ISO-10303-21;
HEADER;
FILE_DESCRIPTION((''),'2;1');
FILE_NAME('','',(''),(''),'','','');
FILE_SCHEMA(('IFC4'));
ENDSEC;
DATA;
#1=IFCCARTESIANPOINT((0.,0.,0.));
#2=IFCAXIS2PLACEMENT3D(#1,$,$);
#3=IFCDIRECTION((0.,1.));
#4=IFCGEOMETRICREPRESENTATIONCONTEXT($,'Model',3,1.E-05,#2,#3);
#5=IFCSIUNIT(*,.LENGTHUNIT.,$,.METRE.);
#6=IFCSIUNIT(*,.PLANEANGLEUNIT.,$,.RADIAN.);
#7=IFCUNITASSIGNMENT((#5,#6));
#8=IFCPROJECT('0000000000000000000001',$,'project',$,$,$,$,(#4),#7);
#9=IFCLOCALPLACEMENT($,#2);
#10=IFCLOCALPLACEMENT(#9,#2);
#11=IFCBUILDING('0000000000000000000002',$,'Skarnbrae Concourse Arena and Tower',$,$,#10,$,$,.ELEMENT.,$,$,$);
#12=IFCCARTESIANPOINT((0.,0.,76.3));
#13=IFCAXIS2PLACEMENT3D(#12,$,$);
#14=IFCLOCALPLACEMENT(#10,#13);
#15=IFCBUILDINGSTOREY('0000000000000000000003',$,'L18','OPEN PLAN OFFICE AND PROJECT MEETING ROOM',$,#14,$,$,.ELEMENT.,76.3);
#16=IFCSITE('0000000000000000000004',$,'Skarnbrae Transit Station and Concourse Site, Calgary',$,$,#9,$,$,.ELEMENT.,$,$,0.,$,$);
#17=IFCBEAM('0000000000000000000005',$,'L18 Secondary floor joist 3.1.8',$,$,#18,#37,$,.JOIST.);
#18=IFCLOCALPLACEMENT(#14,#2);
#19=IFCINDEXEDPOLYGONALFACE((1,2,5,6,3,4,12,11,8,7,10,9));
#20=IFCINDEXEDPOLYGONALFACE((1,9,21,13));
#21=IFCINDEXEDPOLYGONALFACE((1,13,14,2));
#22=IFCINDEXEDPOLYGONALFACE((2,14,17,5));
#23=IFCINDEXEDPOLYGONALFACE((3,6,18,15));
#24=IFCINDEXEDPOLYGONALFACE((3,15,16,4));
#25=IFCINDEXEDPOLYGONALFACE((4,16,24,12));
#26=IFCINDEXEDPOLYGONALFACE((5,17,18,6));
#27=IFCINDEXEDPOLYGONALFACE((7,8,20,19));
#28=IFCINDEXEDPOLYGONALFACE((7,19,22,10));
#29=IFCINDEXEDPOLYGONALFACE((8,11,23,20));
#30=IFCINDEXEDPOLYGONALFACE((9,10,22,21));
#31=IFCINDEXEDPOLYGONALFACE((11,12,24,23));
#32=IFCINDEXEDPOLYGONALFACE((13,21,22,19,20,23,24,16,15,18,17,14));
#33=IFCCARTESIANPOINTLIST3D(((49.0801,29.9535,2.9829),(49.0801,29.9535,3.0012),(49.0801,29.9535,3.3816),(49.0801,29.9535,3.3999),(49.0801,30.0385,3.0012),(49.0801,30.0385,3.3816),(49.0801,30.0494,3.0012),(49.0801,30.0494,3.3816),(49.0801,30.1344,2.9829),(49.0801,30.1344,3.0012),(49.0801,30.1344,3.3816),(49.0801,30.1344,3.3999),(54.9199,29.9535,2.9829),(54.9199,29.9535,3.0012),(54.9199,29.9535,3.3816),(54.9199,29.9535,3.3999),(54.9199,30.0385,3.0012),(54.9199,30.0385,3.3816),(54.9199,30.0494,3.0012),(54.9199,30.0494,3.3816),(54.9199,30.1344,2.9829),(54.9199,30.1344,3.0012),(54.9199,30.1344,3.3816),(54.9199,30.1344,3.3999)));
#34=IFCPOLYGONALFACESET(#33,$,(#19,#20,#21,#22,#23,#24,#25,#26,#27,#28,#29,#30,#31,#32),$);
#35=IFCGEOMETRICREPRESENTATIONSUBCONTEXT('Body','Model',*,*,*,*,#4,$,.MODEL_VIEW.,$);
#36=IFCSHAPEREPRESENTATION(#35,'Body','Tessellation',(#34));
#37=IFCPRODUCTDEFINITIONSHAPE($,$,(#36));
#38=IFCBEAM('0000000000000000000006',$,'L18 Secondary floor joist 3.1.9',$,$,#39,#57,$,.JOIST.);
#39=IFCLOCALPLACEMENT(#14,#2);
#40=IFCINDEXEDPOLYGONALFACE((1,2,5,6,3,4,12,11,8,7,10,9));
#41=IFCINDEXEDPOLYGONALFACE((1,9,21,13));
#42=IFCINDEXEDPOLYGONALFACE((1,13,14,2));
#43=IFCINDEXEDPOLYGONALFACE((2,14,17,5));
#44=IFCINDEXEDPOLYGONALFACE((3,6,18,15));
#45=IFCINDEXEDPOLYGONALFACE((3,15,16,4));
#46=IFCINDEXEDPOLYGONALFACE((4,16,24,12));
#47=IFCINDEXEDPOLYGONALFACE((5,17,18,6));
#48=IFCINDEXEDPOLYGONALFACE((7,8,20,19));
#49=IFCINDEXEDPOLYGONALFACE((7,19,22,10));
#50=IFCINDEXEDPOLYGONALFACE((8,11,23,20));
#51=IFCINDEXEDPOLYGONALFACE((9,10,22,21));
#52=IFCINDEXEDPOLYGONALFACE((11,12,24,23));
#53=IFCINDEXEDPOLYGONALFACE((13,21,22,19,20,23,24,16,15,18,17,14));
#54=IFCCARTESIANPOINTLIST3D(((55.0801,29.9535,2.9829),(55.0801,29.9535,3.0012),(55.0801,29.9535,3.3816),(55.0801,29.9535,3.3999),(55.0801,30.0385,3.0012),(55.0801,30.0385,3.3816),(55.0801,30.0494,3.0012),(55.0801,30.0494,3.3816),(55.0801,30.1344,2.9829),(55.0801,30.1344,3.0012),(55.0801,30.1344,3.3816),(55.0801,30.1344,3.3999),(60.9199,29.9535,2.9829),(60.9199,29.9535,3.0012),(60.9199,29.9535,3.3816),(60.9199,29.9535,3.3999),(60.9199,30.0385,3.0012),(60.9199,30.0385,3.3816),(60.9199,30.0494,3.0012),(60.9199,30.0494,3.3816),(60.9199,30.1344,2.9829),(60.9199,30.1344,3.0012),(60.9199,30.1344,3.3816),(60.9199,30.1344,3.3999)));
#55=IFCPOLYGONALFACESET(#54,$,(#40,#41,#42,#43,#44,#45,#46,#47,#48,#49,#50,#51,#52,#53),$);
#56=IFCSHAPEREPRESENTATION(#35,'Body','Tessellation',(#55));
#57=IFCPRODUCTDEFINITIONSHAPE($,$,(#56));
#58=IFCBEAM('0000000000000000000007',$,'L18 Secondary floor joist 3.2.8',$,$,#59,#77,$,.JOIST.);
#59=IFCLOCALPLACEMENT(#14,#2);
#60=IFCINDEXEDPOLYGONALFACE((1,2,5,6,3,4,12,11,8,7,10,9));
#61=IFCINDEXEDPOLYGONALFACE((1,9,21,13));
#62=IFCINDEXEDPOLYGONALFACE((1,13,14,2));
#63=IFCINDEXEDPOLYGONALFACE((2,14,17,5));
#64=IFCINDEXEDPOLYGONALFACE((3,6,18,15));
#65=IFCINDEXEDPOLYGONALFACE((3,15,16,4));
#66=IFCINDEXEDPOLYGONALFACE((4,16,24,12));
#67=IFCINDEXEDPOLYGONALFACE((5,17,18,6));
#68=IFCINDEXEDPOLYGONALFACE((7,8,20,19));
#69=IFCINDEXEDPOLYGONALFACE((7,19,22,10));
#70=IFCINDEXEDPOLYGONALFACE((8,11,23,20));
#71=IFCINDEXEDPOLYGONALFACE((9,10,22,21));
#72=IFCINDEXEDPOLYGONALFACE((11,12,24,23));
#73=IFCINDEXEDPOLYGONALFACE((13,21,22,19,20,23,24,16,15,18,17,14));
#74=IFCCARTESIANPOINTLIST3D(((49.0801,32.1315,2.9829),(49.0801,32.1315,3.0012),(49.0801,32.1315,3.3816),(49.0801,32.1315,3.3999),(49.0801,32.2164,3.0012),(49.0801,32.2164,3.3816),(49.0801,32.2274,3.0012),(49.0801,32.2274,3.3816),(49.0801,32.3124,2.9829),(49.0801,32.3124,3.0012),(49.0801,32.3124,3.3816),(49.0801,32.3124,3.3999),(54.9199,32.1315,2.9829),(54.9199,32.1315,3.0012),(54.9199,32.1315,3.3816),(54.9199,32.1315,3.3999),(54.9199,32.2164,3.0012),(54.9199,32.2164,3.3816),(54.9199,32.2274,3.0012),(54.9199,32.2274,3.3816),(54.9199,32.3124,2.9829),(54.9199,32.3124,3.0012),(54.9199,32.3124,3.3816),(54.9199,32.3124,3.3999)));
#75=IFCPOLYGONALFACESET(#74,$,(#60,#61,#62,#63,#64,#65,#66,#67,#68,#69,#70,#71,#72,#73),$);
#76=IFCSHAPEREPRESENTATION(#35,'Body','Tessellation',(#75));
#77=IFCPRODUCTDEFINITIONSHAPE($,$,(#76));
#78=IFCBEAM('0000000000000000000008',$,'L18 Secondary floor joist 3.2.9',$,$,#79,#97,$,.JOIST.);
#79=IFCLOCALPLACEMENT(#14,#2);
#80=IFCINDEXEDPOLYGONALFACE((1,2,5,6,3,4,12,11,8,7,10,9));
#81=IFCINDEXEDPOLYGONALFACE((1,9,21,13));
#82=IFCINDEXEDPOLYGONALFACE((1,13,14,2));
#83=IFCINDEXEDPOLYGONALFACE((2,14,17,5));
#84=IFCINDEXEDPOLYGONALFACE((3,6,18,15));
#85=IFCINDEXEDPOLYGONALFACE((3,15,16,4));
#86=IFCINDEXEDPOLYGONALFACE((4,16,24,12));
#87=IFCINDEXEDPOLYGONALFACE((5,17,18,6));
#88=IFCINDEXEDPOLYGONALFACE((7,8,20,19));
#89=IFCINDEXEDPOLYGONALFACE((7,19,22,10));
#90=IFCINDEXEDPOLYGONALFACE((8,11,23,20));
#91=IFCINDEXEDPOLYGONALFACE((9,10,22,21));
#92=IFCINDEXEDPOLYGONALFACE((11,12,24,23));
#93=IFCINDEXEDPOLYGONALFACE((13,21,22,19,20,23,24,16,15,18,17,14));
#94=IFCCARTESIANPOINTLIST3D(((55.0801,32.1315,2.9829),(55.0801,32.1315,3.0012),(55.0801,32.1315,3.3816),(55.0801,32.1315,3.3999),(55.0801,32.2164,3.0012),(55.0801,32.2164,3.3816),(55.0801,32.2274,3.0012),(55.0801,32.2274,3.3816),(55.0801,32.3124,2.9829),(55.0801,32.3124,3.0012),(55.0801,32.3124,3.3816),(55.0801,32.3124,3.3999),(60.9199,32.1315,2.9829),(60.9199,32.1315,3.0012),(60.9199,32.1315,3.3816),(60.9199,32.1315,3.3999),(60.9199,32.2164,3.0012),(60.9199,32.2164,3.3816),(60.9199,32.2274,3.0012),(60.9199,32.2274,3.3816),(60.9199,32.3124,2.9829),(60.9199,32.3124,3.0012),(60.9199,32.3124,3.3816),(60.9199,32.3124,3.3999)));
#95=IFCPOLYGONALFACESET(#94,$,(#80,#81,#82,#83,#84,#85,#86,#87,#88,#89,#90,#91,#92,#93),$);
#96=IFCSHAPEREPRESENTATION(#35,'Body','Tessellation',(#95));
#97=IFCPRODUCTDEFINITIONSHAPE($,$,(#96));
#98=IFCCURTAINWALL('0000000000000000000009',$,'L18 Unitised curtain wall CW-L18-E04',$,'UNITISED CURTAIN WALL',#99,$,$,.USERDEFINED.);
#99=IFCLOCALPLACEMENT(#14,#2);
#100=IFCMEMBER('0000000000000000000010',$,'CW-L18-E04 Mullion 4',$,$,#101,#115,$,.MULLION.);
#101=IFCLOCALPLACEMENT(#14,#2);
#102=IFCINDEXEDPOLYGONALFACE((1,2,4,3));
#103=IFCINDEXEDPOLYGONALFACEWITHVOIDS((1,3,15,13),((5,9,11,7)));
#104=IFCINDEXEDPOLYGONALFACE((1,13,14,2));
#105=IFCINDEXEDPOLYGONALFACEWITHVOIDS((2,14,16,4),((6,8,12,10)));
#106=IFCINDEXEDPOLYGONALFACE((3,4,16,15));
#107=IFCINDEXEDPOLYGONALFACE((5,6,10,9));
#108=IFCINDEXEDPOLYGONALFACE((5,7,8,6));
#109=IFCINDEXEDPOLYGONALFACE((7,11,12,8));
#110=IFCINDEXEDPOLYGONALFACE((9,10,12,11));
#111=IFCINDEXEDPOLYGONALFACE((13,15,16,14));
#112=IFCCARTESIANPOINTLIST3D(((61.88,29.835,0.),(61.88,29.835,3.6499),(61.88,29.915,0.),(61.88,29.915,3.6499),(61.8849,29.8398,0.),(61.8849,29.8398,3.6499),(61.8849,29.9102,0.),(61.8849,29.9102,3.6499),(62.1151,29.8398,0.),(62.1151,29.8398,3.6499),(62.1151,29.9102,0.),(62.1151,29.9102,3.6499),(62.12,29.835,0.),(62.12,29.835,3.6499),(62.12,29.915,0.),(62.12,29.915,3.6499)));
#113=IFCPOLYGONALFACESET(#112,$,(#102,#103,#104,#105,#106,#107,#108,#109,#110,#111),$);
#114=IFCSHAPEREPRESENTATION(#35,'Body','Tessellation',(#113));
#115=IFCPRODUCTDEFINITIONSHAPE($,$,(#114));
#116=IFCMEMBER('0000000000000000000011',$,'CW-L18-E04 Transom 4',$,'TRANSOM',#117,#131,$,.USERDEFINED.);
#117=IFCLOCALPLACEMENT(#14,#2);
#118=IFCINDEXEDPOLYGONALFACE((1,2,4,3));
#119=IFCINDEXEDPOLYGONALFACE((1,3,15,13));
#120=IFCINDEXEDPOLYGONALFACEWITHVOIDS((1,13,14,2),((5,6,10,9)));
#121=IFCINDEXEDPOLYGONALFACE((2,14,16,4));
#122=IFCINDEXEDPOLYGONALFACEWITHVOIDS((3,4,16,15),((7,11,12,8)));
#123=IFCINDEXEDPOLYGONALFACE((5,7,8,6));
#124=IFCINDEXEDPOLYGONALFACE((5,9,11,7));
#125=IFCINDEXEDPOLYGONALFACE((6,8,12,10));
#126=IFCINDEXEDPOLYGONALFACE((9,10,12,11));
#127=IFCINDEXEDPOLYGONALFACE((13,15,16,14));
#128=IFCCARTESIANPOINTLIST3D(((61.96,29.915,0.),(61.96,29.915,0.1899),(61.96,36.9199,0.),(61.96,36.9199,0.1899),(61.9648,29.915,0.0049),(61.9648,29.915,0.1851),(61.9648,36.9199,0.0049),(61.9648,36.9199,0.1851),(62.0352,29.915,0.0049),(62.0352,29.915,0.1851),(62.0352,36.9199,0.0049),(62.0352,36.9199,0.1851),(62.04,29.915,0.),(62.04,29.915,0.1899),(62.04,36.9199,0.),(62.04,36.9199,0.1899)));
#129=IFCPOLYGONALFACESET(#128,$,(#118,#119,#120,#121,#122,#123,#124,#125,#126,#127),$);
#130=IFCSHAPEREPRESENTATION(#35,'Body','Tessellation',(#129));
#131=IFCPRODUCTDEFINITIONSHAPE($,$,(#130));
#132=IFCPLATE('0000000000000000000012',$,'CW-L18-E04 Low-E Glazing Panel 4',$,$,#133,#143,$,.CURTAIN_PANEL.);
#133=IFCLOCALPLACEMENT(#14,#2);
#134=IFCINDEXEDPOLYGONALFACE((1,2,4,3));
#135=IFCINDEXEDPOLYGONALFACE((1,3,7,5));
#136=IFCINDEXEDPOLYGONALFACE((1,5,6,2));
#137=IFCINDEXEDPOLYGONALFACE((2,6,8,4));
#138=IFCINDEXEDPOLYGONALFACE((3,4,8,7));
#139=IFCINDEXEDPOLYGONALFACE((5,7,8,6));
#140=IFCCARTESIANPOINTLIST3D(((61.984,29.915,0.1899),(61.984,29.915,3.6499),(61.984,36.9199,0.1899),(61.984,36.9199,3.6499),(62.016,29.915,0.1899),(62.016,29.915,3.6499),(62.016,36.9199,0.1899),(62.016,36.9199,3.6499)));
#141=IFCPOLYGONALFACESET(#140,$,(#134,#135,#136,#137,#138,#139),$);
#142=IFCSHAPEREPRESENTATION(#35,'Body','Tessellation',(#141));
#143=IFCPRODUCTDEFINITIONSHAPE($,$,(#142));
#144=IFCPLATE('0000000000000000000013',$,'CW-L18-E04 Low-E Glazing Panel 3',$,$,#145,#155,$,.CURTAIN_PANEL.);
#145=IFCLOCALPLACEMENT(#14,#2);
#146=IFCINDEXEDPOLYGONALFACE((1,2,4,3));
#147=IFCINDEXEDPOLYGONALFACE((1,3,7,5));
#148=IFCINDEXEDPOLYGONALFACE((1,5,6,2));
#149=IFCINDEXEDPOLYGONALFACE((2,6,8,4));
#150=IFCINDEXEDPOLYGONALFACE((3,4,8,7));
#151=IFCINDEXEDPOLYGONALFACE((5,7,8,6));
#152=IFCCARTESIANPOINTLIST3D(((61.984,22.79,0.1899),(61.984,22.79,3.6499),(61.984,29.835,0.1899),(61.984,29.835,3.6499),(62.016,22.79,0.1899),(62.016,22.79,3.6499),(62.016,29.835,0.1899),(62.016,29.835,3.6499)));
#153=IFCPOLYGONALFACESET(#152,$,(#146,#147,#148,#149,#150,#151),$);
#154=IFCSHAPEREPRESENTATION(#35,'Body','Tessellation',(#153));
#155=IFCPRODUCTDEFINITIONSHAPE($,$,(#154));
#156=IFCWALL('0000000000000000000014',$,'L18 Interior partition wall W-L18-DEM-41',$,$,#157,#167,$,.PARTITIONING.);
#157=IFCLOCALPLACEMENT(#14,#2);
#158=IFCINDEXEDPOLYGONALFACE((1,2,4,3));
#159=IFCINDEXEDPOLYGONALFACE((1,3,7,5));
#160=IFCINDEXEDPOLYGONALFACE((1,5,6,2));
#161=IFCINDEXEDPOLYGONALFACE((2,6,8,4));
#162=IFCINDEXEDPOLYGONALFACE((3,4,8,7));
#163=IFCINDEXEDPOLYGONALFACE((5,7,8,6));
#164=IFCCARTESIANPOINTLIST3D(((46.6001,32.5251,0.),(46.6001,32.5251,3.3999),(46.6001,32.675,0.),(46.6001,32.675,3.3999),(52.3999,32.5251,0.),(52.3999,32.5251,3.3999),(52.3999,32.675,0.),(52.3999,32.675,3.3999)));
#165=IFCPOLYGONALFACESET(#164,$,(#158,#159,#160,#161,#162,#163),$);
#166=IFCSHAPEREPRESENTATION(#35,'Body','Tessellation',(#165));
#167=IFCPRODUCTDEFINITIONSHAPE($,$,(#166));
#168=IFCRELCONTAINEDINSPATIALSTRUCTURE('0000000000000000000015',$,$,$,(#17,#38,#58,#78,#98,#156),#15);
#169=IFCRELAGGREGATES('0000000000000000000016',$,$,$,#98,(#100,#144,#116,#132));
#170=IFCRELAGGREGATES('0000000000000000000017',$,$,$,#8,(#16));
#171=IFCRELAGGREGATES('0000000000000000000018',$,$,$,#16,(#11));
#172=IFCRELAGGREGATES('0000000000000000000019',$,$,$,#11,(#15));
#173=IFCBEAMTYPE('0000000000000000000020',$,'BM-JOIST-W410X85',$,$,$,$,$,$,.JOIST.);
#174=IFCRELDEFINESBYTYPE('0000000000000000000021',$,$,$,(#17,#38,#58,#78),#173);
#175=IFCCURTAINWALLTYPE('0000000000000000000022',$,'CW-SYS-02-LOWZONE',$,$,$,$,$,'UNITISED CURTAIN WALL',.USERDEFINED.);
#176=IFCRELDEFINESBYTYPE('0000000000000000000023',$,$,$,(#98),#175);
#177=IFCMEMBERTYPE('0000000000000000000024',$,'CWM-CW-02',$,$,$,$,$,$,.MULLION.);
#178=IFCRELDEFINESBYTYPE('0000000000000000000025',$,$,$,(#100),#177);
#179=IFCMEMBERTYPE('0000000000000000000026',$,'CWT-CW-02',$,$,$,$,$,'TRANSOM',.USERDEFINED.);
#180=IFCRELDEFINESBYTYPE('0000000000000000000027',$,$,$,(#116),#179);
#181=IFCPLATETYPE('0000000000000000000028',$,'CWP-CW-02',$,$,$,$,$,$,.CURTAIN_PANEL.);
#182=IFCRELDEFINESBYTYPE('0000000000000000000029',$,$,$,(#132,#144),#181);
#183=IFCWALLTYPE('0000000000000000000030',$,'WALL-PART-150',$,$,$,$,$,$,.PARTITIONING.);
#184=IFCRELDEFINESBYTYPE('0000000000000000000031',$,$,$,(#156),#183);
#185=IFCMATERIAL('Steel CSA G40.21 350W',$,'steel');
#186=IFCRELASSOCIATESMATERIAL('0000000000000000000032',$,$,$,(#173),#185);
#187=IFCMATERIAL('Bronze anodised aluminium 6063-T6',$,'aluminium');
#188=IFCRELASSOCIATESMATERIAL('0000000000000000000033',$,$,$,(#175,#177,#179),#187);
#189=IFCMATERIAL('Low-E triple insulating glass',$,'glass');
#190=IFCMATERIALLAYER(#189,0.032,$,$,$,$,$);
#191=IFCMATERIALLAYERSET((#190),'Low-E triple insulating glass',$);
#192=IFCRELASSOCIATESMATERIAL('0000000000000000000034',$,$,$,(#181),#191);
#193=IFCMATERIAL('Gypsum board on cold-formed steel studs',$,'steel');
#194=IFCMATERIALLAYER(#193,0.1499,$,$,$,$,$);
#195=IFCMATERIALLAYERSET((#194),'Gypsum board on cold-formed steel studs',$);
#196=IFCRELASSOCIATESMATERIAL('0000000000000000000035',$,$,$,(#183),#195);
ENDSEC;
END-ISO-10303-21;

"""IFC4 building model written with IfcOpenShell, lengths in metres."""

from ifc_helpers import new_model, si_unit, direction, frame, frame_2d, origin, origin_2d, place, context, subcontext, project, spatial, rectangle, hollow_rectangle, i_section, extrude, source, transform, mapped, material, layer, layer_set, material_profile, profile_set, type_object, element, aggregate, save


model = new_model("IFC4")

# Units and contexts
model_context = context("Model", 3, precision=1e-05, world=origin(), true_north=direction((0.0, 1.0)))
body_context = subcontext(model_context, "Body", "Model", "MODEL_VIEW")
ifc_project = project(units=[si_unit("LENGTHUNIT", "METRE"), si_unit("PLANEANGLEUNIT", "RADIAN")], contexts=[model_context])

# Site, building, storey
site_placement = place(None, origin())
site = spatial("IfcSite", under=ifc_project, at=site_placement, Name="Skarnbrae Transit Station and Concourse Site, Calgary", CompositionType="ELEMENT", RefElevation=0.0)
building_placement = place(site_placement, origin())
building = spatial("IfcBuilding", under=site, at=building_placement, Name="Skarnbrae Concourse Arena and Tower", CompositionType="ELEMENT")
storey_placement = place(building_placement, frame((0.0, 0.0, 76.3)))
storey = spatial("IfcBuildingStorey", under=building, at=storey_placement, Name="L18", Description="OPEN PLAN OFFICE AND PROJECT MEETING ROOM", CompositionType="ELEMENT", Elevation=76.3)

# Shared definitions
ifc_material_1 = material(Name="Steel CSA G40.21 350W", Category="steel")

# Beams
ifc_material_profile_1 = material_profile(ifc_material_1, i_section(OverallWidth=0.1809, OverallDepth=0.417, WebThickness=0.011, FlangeThickness=0.0183, at=origin_2d()), Name="W410X85")
ifc_profile_set_1 = profile_set([ifc_material_profile_1], Name="Steel CSA G40.21 350W")
beam_type_1 = type_object("IfcBeamType", Name="BM-JOIST-W410X85", PredefinedType="JOIST", material=ifc_profile_set_1)
shared_shape_1 = source(origin(), body_context, "Body", "SweptSolid", [
    extrude(i_section(OverallWidth=0.1809, OverallDepth=0.417, WebThickness=0.011, FlangeThickness=0.0183, at=origin_2d()), origin(), (0.0, 0.0, 1.0), 5.8398),
])
for number, where, z_axis, x_axis, name in (
    (1, (49.0801, 30.0439, 3.1914), (1.0, 0.0, 0.0), (0.0, 1.0, 0.0), "L18 Secondary floor joist 3.1.8"),
    (2, (55.0801, 30.0439, 3.1914), (1.0, 0.0, 0.0), (0.0, 1.0, 0.0), "L18 Secondary floor joist 3.1.9"),
    (3, (49.0801, 32.2219, 3.1914), (1.0, 0.0, 0.0), (0.0, 1.0, 0.0), "L18 Secondary floor joist 3.2.8"),
    (4, (55.0801, 32.2219, 3.1914), (1.0, 0.0, 0.0), (0.0, 1.0, 0.0), "L18 Secondary floor joist 3.2.9"),
):
    element("IfcBeam", number, at=place(storey_placement, frame(where, z_axis=z_axis, x_axis=x_axis)), inside=storey, type_object=beam_type_1, Name=name, PredefinedType="JOIST", context=body_context, shape_type="MappedRepresentation", body=[
        mapped(shared_shape_1, transform((0.0, 0.0, 0.0))),
    ])

# Curtain wall, members, plates
ifc_material_2 = material(Name="Bronze anodised aluminium 6063-T6", Category="aluminium")
curtain_wall_type = type_object("IfcCurtainWallType", Name="CW-SYS-02-LOWZONE", ElementType="UNITISED CURTAIN WALL", PredefinedType="USERDEFINED", material=ifc_material_2)
curtain_wall_placement = place(storey_placement, origin())
curtain_wall = element("IfcCurtainWall", 5, at=curtain_wall_placement, inside=storey, type_object=curtain_wall_type, Name="L18 Unitised curtain wall CW-L18-E04", ObjectType="UNITISED CURTAIN WALL", PredefinedType="USERDEFINED")
ifc_material_profile_2 = material_profile(ifc_material_2, hollow_rectangle(XDim=0.0801, YDim=0.24, WallThickness=0.0049, at=origin_2d()), Name="ALU-MULL-80X240")
ifc_profile_set_2 = profile_set([ifc_material_profile_2], Name="Bronze anodised aluminium 6063-T6")
member_type_1 = type_object("IfcMemberType", Name="CWM-CW-02", PredefinedType="MULLION", material=ifc_profile_set_2)
shared_shape_2 = source(origin(), body_context, "Body", "SweptSolid", [
    extrude(hollow_rectangle(XDim=0.0801, YDim=0.24, WallThickness=0.0049, at=origin_2d()), origin(), (0.0, 0.0, 1.0), 3.6499),
])
member_1_placement = place(storey_placement, frame((62.0, 29.875, 0.0), z_axis=(0.0, 0.0, 1.0), x_axis=(0.0, 1.0, 0.0)))
member_1 = element("IfcMember", 6, at=member_1_placement, type_object=member_type_1, Name="CW-L18-E04 Mullion 4", PredefinedType="MULLION", context=body_context, shape_type="MappedRepresentation", body=[
    mapped(shared_shape_2, transform((0.0, 0.0, 0.0))),
])
ifc_material_profile_3 = material_profile(ifc_material_2, hollow_rectangle(XDim=0.0801, YDim=0.1899, WallThickness=0.0049, at=origin_2d()), Name="ALU-TRAN-80X190")
ifc_profile_set_3 = profile_set([ifc_material_profile_3], Name="Bronze anodised aluminium 6063-T6")
member_type_2 = type_object("IfcMemberType", Name="CWT-CW-02", ElementType="TRANSOM", PredefinedType="USERDEFINED", material=ifc_profile_set_3)
shared_shape_3 = source(origin(), body_context, "Body", "SweptSolid", [
    extrude(hollow_rectangle(XDim=0.0801, YDim=0.1899, WallThickness=0.0049, at=origin_2d()), origin(), (0.0, 0.0, 1.0), 7.0049),
])
member_2_placement = place(storey_placement, frame((62.0, 29.915, 0.095), z_axis=(0.0, 1.0, 0.0), x_axis=(-1.0, 0.0, 0.0)))
member_2 = element("IfcMember", 7, at=member_2_placement, type_object=member_type_2, Name="CW-L18-E04 Transom 4", ObjectType="TRANSOM", PredefinedType="USERDEFINED", context=body_context, shape_type="MappedRepresentation", body=[
    mapped(shared_shape_3, transform((0.0, 0.0, 0.0))),
])
ifc_material_3 = material(Name="Low-E triple insulating glass", Category="glass")
ifc_layer_1 = layer(ifc_material_3, 0.032)
ifc_layer_set_1 = layer_set([ifc_layer_1], Name="Low-E triple insulating glass")
plate_type = type_object("IfcPlateType", Name="CWP-CW-02", PredefinedType="CURTAIN_PANEL", material=ifc_layer_set_1)
shared_shape_4 = source(origin(), body_context, "Body", "SweptSolid", [
    extrude(rectangle(XDim=7.0049, YDim=0.032, at=origin_2d()), origin(), (0.0, 0.0, 1.0), 3.46),
])
plate_1_placement = place(storey_placement, frame((62.0, 33.4175, 0.1899), z_axis=(0.0, 0.0, 1.0), x_axis=(0.0, 1.0, 0.0)))
plate_1 = element("IfcPlate", 8, at=plate_1_placement, type_object=plate_type, Name="CW-L18-E04 Low-E Glazing Panel 4", PredefinedType="CURTAIN_PANEL", context=body_context, shape_type="MappedRepresentation", body=[
    mapped(shared_shape_4, transform((0.0, 0.0, 0.0))),
])
shared_shape_5 = source(origin(), body_context, "Body", "SweptSolid", [
    extrude(rectangle(XDim=7.0449, YDim=0.032, at=origin_2d()), origin(), (0.0, 0.0, 1.0), 3.46),
])
plate_2_placement = place(storey_placement, frame((62.0, 26.3125, 0.1899), z_axis=(0.0, 0.0, 1.0), x_axis=(0.0, 1.0, 0.0)))
plate_2 = element("IfcPlate", 9, at=plate_2_placement, type_object=plate_type, Name="CW-L18-E04 Low-E Glazing Panel 3", PredefinedType="CURTAIN_PANEL", context=body_context, shape_type="MappedRepresentation", body=[
    mapped(shared_shape_5, transform((0.0, 0.0, 0.0))),
])
aggregate(curtain_wall, [member_1, plate_2, member_2, plate_1])

# Wall
ifc_material_4 = material(Name="Gypsum board on cold-formed steel studs", Category="steel")
ifc_layer_2 = layer(ifc_material_4, 0.1499)
ifc_layer_set_2 = layer_set([ifc_layer_2], Name="Gypsum board on cold-formed steel studs")
wall_type = type_object("IfcWallType", Name="WALL-PART-150", PredefinedType="PARTITIONING", material=ifc_layer_set_2)
shared_shape_6 = source(origin(), body_context, "Body", "SweptSolid", [
    extrude(rectangle(XDim=5.7998, YDim=0.1499, at=frame_2d((2.8999, 0.0))), origin(), (0.0, 0.0, 1.0), 3.3999),
])
wall_placement = place(storey_placement, frame((52.3999, 32.6001, 0.0), z_axis=(0.0, 0.0, 1.0), x_axis=(-1.0, 0.0, 0.0)))
element("IfcWall", 10, at=wall_placement, inside=storey, type_object=wall_type, Name="L18 Interior partition wall W-L18-DEM-41", PredefinedType="PARTITIONING", context=body_context, shape_type="MappedRepresentation", body=[
    mapped(shared_shape_6, transform((0.0, 0.0, 0.0))),
])

save(model, "model.ifc")
